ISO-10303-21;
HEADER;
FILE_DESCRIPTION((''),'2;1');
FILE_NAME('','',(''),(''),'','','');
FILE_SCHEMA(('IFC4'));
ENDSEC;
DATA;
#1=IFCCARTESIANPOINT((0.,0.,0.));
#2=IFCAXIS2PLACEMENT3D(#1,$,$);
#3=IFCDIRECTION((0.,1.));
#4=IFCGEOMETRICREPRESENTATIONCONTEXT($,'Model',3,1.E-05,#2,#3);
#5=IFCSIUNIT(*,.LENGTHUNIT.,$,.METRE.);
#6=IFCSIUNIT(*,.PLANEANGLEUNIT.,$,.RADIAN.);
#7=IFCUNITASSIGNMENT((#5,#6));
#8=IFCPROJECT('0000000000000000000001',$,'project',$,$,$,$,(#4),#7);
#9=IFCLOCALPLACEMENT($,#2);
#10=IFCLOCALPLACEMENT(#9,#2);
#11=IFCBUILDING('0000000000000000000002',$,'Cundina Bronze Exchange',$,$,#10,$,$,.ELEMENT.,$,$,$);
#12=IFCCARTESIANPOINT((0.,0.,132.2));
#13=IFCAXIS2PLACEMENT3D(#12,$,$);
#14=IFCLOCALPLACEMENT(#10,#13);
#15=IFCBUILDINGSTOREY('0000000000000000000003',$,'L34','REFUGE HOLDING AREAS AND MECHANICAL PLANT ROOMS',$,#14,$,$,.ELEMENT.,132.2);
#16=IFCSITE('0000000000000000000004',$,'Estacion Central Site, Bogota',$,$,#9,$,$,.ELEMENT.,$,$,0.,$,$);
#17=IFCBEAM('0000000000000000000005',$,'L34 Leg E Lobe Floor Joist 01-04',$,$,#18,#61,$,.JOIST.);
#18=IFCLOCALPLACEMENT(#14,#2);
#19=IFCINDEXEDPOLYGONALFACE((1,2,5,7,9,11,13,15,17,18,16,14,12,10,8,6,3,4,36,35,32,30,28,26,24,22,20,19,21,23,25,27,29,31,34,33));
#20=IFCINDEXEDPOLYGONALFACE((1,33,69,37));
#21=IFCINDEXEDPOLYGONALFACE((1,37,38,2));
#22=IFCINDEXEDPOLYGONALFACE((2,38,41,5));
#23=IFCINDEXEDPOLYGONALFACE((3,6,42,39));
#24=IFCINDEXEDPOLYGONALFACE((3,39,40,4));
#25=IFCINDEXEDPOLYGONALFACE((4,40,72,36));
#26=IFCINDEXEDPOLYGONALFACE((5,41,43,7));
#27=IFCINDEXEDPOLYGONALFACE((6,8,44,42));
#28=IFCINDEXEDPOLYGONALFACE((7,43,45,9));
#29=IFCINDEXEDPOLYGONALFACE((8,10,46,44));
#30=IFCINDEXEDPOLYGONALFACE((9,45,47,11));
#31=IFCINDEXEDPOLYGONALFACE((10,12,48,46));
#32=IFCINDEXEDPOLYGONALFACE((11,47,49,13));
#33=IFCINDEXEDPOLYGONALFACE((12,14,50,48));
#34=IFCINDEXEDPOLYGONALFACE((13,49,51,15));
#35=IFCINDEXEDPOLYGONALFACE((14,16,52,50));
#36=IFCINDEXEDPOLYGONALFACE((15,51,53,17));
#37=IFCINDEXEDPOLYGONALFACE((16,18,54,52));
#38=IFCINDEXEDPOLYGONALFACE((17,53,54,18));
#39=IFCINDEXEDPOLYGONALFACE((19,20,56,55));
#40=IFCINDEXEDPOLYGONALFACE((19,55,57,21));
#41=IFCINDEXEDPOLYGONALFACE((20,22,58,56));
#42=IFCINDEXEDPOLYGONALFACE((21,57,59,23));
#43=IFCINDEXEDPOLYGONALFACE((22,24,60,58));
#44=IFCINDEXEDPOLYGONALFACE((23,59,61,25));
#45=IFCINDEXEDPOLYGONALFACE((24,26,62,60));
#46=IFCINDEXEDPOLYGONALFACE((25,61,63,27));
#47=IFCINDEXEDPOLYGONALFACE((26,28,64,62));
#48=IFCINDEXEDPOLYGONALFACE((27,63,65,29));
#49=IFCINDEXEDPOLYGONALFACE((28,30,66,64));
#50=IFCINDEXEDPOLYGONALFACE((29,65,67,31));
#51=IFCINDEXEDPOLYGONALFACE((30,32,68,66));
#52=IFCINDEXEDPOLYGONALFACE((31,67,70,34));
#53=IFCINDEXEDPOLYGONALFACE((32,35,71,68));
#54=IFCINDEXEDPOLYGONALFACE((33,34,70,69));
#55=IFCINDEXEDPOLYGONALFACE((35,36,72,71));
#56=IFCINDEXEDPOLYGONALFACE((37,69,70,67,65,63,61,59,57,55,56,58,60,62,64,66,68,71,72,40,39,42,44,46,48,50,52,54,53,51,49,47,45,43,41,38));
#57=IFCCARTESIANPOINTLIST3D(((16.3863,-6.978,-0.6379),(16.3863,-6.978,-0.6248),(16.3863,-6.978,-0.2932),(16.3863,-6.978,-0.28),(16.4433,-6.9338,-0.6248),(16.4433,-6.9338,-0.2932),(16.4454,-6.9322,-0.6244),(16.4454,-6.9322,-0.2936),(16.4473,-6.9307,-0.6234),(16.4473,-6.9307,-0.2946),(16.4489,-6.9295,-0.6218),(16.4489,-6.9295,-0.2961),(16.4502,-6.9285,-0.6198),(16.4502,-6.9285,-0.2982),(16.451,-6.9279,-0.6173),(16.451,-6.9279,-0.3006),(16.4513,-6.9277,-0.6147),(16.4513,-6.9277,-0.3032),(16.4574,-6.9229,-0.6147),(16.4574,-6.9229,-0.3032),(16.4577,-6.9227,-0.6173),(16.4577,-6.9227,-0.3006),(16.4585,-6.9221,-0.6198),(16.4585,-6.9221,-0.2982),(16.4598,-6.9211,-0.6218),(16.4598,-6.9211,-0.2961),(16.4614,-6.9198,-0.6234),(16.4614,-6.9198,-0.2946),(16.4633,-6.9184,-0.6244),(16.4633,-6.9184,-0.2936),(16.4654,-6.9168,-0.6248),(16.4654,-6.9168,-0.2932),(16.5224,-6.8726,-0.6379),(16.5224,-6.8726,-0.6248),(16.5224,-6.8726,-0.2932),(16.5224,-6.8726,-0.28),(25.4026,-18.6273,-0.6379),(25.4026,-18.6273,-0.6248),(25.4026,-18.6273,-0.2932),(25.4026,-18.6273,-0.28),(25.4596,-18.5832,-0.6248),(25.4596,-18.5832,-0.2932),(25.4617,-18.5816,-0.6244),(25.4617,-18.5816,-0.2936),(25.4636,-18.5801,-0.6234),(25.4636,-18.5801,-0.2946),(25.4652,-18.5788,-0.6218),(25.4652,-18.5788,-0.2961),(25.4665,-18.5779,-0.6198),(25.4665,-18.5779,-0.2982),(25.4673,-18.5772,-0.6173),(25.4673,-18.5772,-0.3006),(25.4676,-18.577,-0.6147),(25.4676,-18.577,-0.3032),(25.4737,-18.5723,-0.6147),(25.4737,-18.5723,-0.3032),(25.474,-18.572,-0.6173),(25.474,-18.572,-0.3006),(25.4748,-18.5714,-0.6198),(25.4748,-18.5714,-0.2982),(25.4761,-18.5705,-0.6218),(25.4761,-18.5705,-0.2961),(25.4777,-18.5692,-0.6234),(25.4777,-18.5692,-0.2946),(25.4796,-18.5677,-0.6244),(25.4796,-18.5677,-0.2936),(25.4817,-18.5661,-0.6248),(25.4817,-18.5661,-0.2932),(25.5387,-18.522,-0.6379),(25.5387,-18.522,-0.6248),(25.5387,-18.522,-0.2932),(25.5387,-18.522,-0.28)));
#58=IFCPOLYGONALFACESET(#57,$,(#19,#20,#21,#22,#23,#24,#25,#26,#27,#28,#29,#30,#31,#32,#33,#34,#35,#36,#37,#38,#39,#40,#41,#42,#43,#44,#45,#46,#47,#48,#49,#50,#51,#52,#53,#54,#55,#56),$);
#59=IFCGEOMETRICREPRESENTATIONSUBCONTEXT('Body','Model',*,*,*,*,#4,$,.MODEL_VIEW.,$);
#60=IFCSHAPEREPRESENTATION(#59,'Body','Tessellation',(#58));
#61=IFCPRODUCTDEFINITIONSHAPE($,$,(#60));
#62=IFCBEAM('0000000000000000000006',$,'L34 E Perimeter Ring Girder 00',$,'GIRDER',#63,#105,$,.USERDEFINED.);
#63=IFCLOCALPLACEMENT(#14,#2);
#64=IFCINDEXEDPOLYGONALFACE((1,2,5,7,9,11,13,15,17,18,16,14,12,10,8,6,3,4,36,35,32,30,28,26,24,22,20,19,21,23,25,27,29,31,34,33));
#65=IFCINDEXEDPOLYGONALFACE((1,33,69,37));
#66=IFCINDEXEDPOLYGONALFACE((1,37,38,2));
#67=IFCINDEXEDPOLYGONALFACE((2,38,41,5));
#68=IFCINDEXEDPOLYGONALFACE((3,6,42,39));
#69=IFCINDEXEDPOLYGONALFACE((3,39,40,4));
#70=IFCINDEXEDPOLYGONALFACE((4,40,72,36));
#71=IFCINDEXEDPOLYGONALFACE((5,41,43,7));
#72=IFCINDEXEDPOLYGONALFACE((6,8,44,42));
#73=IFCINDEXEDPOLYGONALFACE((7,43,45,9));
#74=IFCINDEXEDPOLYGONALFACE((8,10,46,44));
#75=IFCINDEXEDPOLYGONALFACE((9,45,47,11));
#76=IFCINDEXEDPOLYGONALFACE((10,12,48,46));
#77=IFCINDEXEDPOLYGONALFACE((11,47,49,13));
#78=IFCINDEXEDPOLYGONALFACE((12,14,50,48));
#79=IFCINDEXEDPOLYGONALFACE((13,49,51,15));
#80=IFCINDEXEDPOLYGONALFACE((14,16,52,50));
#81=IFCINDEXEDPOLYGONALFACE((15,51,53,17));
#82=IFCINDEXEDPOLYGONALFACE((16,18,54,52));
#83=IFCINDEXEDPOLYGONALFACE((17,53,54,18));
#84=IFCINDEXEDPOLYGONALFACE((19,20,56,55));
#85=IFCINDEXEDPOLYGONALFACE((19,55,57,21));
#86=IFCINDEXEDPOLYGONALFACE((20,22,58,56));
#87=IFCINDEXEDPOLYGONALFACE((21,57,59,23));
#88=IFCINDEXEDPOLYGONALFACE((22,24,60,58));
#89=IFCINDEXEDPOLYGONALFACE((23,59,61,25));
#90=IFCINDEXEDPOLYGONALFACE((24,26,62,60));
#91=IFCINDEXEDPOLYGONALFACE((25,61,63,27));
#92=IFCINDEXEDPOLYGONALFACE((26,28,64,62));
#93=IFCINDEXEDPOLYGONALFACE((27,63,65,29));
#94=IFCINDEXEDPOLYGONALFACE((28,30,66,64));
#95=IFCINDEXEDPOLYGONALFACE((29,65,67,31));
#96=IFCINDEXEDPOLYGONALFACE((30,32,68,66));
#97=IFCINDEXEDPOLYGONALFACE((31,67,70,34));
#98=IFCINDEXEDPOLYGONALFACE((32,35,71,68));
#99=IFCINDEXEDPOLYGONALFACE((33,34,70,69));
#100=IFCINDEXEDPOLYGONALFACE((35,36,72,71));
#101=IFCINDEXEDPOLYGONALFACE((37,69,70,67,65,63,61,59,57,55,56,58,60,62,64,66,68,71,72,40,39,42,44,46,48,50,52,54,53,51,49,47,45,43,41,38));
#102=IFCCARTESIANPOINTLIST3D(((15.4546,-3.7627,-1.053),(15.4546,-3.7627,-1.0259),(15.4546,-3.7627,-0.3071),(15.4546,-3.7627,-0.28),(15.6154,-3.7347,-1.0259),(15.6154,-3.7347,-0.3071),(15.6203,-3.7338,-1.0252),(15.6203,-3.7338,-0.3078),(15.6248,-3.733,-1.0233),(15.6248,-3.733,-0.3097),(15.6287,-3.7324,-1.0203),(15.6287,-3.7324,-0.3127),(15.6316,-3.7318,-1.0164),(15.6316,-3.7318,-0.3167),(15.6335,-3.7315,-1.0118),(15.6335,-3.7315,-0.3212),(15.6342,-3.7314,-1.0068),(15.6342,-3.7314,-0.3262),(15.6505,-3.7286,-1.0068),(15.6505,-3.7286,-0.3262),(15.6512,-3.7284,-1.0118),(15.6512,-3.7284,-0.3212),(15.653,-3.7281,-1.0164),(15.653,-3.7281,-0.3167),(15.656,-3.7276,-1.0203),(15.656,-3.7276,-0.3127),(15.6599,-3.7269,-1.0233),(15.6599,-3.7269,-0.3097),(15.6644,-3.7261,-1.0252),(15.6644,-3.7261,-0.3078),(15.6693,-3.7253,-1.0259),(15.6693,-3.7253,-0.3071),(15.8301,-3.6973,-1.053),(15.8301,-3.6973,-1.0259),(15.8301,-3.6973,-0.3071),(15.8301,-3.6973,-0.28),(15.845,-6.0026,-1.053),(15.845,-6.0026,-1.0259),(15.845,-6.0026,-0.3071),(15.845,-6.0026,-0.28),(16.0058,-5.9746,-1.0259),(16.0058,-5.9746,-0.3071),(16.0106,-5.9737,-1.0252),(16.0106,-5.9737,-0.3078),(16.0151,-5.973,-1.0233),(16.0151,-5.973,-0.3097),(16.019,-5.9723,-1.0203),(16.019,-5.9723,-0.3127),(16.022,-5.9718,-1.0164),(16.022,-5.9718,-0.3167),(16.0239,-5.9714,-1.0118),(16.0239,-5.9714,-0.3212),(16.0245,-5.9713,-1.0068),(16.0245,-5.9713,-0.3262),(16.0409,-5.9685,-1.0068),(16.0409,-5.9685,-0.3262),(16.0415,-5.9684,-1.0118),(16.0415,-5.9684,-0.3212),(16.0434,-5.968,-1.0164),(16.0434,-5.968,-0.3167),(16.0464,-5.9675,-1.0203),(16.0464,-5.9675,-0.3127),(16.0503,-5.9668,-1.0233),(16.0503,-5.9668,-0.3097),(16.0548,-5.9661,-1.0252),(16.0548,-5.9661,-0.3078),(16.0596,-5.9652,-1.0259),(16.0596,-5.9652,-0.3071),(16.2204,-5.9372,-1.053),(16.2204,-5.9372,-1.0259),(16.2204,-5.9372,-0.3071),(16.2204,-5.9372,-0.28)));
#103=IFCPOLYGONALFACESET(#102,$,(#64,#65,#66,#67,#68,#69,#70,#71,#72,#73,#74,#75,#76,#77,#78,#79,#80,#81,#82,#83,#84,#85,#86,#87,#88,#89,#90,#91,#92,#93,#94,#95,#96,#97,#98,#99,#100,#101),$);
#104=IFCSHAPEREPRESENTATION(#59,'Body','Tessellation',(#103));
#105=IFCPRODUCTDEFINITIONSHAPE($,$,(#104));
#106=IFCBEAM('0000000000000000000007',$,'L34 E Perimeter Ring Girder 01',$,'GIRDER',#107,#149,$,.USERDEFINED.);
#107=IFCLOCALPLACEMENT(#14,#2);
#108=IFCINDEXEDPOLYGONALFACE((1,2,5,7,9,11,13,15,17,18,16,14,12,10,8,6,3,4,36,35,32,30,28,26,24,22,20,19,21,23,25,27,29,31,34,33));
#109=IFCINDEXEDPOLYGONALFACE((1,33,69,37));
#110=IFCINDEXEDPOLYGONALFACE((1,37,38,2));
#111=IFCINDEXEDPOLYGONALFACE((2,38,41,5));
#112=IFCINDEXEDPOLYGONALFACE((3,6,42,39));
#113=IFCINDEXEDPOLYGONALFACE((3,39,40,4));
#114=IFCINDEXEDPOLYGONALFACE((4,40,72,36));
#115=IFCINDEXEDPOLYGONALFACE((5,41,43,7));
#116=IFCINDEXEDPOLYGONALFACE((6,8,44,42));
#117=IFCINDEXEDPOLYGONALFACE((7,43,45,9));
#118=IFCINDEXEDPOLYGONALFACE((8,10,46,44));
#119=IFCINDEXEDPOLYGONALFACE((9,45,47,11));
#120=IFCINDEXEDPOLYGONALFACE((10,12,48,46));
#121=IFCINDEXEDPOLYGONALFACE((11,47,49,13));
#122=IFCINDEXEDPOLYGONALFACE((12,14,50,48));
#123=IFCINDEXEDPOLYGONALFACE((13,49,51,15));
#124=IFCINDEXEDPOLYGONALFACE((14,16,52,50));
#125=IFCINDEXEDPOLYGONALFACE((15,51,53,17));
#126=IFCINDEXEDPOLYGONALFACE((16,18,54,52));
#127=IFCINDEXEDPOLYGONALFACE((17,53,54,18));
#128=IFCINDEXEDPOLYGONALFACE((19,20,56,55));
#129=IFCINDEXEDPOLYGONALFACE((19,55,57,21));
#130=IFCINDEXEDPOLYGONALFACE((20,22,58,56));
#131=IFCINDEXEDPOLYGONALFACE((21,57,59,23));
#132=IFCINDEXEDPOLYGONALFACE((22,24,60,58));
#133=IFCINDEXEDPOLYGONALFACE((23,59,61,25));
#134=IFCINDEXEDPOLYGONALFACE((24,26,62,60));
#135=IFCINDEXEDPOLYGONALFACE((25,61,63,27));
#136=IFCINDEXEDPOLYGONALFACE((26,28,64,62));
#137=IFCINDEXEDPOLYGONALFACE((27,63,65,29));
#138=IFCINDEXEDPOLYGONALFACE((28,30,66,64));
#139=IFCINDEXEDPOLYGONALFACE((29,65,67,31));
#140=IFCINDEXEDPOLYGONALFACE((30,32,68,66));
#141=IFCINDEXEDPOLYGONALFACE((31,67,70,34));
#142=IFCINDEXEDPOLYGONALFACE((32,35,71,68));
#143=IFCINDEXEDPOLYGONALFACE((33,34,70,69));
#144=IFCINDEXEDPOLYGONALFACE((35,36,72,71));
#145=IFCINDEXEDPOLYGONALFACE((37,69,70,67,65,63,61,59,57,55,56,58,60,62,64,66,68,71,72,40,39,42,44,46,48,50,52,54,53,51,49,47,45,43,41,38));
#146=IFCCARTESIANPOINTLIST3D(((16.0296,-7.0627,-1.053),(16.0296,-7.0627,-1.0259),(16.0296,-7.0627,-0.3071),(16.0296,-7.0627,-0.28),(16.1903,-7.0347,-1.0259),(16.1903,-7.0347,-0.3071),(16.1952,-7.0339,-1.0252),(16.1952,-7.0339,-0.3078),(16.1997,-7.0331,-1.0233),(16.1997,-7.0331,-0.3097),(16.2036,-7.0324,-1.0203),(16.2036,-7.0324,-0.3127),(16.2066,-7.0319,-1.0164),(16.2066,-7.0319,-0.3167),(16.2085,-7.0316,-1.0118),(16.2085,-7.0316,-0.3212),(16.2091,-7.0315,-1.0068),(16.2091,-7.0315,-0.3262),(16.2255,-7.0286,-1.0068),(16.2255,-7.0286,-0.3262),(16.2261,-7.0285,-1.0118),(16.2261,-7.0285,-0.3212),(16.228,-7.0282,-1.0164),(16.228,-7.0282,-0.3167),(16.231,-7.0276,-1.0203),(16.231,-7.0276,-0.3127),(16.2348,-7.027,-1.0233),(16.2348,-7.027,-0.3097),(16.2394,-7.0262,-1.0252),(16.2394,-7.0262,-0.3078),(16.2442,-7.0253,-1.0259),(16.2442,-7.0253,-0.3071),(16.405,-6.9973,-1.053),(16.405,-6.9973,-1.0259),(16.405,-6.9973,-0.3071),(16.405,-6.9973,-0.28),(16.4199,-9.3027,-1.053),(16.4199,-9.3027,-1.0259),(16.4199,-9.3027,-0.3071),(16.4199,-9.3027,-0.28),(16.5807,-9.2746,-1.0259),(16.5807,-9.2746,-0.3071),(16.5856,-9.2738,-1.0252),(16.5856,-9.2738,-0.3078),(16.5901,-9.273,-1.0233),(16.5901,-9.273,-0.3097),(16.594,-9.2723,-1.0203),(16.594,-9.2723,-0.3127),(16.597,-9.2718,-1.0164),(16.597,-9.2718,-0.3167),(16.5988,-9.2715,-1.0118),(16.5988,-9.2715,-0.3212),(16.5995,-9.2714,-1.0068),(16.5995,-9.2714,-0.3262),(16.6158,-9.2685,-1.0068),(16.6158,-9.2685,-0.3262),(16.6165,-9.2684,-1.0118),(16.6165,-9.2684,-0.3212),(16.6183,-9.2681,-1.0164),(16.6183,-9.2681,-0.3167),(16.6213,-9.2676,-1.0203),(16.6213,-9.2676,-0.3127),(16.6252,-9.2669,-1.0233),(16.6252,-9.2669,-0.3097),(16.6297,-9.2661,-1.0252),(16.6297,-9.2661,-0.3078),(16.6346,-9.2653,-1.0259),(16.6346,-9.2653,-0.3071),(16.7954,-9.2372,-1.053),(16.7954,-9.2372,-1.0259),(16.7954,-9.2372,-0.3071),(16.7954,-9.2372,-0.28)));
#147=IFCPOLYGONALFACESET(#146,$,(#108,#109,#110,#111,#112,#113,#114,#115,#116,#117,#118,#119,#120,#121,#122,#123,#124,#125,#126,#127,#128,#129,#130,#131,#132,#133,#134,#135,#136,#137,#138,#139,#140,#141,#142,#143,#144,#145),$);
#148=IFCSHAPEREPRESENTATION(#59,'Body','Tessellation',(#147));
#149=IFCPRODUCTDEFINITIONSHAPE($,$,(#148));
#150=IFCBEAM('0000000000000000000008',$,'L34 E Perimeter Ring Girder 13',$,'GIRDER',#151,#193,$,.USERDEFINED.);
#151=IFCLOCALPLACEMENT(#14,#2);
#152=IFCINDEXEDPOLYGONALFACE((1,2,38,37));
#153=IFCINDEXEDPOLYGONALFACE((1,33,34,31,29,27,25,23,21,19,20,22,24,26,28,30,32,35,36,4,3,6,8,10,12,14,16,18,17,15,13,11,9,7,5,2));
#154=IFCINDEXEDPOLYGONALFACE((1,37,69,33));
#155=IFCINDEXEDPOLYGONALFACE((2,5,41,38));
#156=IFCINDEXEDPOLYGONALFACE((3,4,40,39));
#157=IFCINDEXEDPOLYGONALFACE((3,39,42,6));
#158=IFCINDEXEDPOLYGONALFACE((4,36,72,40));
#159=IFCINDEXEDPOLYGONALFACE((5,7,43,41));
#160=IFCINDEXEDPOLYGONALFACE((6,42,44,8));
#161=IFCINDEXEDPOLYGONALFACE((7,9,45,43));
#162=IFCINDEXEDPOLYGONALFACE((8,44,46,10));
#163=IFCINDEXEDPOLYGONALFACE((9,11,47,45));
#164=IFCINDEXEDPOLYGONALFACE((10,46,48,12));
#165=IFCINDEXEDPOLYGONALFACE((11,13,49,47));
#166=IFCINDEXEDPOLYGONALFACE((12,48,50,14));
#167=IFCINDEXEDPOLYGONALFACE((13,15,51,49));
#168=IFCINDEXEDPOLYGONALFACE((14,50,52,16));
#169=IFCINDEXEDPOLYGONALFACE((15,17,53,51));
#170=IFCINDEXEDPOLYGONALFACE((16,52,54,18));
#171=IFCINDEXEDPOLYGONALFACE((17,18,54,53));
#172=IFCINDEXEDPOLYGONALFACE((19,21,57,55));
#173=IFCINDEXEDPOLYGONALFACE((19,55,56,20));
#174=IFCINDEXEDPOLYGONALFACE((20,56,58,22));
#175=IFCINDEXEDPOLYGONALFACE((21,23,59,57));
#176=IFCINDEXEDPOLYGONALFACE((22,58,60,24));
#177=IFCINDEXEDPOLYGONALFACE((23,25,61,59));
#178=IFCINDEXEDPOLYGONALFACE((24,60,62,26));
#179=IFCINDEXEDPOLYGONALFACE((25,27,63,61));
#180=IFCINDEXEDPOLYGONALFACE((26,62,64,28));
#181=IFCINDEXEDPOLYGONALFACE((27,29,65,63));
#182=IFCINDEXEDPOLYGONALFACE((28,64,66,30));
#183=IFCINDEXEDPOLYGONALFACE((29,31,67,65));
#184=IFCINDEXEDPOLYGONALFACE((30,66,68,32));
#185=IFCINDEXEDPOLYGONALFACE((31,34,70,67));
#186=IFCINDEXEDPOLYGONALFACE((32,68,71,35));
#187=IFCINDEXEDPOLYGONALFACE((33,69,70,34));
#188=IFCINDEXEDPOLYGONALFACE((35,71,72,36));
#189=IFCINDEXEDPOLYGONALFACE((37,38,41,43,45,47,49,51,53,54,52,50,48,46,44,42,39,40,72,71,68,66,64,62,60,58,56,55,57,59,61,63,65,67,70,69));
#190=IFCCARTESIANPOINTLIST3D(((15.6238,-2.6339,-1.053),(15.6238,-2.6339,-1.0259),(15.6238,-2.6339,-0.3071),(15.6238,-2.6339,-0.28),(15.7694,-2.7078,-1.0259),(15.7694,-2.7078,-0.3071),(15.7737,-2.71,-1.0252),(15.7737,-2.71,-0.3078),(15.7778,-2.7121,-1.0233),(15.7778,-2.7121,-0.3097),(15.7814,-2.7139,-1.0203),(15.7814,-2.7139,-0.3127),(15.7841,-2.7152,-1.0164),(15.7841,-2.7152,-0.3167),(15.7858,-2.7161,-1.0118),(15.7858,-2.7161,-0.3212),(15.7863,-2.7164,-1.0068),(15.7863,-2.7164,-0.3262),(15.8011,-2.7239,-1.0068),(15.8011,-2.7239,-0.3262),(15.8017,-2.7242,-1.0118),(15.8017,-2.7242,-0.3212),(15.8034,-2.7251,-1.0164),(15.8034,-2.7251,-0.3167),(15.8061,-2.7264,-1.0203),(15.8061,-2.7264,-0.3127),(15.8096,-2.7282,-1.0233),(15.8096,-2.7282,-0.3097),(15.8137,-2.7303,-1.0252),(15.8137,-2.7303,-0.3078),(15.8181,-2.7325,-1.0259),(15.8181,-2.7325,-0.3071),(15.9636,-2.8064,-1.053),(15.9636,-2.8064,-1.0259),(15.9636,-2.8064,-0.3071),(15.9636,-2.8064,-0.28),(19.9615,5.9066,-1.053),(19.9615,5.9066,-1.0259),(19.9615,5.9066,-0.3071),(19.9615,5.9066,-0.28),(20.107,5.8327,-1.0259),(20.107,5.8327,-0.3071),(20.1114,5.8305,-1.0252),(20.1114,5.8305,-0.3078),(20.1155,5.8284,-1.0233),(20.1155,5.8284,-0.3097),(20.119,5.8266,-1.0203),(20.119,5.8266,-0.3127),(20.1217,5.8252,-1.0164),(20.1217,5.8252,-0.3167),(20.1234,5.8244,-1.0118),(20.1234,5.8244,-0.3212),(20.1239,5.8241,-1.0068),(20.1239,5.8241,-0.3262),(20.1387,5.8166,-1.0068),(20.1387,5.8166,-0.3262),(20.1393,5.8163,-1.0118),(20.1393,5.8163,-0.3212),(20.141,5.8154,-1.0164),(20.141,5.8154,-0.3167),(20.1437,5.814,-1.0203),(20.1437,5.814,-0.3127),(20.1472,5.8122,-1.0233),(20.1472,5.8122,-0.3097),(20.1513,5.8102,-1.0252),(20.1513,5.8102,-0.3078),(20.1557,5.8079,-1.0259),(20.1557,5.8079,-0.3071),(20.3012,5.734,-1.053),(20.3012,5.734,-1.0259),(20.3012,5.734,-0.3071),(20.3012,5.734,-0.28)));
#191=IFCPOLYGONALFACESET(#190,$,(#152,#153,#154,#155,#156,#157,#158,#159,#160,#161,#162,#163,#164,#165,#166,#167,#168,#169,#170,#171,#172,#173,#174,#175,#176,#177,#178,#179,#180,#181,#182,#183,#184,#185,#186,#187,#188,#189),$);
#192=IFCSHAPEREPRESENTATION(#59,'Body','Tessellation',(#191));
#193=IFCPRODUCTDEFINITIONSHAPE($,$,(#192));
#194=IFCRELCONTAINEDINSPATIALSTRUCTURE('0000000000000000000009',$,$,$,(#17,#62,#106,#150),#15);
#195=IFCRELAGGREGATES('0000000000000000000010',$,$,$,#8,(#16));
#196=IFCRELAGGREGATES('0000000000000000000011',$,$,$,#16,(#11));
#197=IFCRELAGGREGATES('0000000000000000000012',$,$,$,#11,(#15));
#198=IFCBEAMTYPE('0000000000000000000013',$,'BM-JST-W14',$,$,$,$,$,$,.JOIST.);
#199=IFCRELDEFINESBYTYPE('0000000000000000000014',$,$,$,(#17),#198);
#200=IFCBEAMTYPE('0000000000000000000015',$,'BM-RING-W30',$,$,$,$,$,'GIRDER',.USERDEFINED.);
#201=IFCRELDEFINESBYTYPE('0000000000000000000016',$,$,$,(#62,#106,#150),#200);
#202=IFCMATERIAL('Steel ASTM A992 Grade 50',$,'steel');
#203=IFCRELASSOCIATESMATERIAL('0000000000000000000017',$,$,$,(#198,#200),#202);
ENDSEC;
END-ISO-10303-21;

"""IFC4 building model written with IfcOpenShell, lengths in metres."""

from ifc_helpers import new_model, si_unit, direction, frame, origin, origin_2d, place, context, subcontext, project, spatial, i_section, extrude, material, material_profile, profile_set, type_object, element, save


model = new_model("IFC4")

# Units and contexts
model_context = context("Model", 3, precision=1e-05, world=origin(), true_north=direction((0.0, 1.0)))
body_context = subcontext(model_context, "Body", "Model", "MODEL_VIEW")
ifc_project = project(units=[si_unit("LENGTHUNIT", "METRE"), si_unit("PLANEANGLEUNIT", "RADIAN")], contexts=[model_context])

# Site, building, storey
site_placement = place(None, origin())
site = spatial("IfcSite", under=ifc_project, at=site_placement, Name="Estacion Central Site, Bogota", CompositionType="ELEMENT", RefElevation=0.0)
building_placement = place(site_placement, origin())
building = spatial("IfcBuilding", under=site, at=building_placement, Name="Cundina Bronze Exchange", CompositionType="ELEMENT")
storey_placement = place(building_placement, frame((0.0, 0.0, 132.2)))
storey = spatial("IfcBuildingStorey", under=building, at=storey_placement, Name="L34", Description="REFUGE HOLDING AREAS AND MECHANICAL PLANT ROOMS", CompositionType="ELEMENT", Elevation=132.2)

# Beams
ifc_material_1 = material(Name="Steel ASTM A992 Grade 50", Category="steel")
ifc_material_profile_1 = material_profile(ifc_material_1, i_section(OverallWidth=0.1721, OverallDepth=0.3579, WebThickness=0.0078, FlangeThickness=0.0132, FilletRadius=0.01, at=origin_2d()), Name="W14X38", Category="steel")
ifc_profile_set_1 = profile_set([ifc_material_profile_1], Name="Steel ASTM A992 Grade 50")
beam_type_1 = type_object("IfcBeamType", Name="BM-JST-W14", PredefinedType="JOIST", material=ifc_profile_set_1)
beam_1_placement = place(storey_placement, frame((16.4543, -6.9253, -0.459), z_axis=(0.612065, -0.790807, 0.0), x_axis=(0.790807, 0.612065, 0.0)))
element("IfcBeam", 1, at=beam_1_placement, inside=storey, type_object=beam_type_1, Name="L34 Leg E Lobe Floor Joist 01-04", PredefinedType="JOIST", context=body_context, shape_type="SweptSolid", body=[
    extrude(i_section(OverallWidth=0.1721, OverallDepth=0.3579, WebThickness=0.0078, FlangeThickness=0.0132, FilletRadius=0.01, at=origin_2d()), origin(), (0.0, 0.0, 1.0), 14.731),
])
ifc_material_profile_2 = material_profile(ifc_material_1, i_section(OverallWidth=0.3811, OverallDepth=0.7729, WebThickness=0.0166, FlangeThickness=0.0271, FilletRadius=0.019, at=origin_2d()), Name="W30X173", Category="steel")
ifc_profile_set_2 = profile_set([ifc_material_profile_2], Name="Steel ASTM A992 Grade 50")
beam_type_2 = type_object("IfcBeamType", Name="BM-RING-W30", ElementType="GIRDER", PredefinedType="USERDEFINED", material=ifc_profile_set_2)
for number, where, z_axis, x_axis, name in (
    (2, (15.6423, -3.73, -0.6665), (0.17169, -0.985151, 0.0), (0.985151, 0.17169, 0.0), "L34 E Perimeter Ring Girder 00"),
    (3, (16.2173, -7.03, -0.6665), (0.17169, -0.985151, 0.0), (0.985151, 0.17169, 0.0), "L34 E Perimeter Ring Girder 01"),
):
    element("IfcBeam", number, at=place(storey_placement, frame(where, z_axis=z_axis, x_axis=x_axis)), inside=storey, type_object=beam_type_2, Name=name, ObjectType="GIRDER", PredefinedType="USERDEFINED", context=body_context, shape_type="SweptSolid", body=[
        extrude(i_section(OverallWidth=0.3811, OverallDepth=0.7729, WebThickness=0.0166, FlangeThickness=0.0271, FilletRadius=0.019, at=origin_2d()), origin(), (0.0, 0.0, 1.0), 2.2737),
    ])
beam_2_placement = place(storey_placement, frame((20.1313, 5.8203, -0.6665), z_axis=(-0.452832, -0.891596, 0.0), x_axis=(0.891596, -0.452832, 0.0)))
element("IfcBeam", 4, at=beam_2_placement, inside=storey, type_object=beam_type_2, Name="L34 E Perimeter Ring Girder 13", ObjectType="GIRDER", PredefinedType="USERDEFINED", context=body_context, shape_type="SweptSolid", body=[
    extrude(i_section(OverallWidth=0.3811, OverallDepth=0.7729, WebThickness=0.0166, FlangeThickness=0.0271, FilletRadius=0.019, at=origin_2d()), origin(), (0.0, 0.0, 1.0), 9.5789),
])

save(model, "model.ifc")
